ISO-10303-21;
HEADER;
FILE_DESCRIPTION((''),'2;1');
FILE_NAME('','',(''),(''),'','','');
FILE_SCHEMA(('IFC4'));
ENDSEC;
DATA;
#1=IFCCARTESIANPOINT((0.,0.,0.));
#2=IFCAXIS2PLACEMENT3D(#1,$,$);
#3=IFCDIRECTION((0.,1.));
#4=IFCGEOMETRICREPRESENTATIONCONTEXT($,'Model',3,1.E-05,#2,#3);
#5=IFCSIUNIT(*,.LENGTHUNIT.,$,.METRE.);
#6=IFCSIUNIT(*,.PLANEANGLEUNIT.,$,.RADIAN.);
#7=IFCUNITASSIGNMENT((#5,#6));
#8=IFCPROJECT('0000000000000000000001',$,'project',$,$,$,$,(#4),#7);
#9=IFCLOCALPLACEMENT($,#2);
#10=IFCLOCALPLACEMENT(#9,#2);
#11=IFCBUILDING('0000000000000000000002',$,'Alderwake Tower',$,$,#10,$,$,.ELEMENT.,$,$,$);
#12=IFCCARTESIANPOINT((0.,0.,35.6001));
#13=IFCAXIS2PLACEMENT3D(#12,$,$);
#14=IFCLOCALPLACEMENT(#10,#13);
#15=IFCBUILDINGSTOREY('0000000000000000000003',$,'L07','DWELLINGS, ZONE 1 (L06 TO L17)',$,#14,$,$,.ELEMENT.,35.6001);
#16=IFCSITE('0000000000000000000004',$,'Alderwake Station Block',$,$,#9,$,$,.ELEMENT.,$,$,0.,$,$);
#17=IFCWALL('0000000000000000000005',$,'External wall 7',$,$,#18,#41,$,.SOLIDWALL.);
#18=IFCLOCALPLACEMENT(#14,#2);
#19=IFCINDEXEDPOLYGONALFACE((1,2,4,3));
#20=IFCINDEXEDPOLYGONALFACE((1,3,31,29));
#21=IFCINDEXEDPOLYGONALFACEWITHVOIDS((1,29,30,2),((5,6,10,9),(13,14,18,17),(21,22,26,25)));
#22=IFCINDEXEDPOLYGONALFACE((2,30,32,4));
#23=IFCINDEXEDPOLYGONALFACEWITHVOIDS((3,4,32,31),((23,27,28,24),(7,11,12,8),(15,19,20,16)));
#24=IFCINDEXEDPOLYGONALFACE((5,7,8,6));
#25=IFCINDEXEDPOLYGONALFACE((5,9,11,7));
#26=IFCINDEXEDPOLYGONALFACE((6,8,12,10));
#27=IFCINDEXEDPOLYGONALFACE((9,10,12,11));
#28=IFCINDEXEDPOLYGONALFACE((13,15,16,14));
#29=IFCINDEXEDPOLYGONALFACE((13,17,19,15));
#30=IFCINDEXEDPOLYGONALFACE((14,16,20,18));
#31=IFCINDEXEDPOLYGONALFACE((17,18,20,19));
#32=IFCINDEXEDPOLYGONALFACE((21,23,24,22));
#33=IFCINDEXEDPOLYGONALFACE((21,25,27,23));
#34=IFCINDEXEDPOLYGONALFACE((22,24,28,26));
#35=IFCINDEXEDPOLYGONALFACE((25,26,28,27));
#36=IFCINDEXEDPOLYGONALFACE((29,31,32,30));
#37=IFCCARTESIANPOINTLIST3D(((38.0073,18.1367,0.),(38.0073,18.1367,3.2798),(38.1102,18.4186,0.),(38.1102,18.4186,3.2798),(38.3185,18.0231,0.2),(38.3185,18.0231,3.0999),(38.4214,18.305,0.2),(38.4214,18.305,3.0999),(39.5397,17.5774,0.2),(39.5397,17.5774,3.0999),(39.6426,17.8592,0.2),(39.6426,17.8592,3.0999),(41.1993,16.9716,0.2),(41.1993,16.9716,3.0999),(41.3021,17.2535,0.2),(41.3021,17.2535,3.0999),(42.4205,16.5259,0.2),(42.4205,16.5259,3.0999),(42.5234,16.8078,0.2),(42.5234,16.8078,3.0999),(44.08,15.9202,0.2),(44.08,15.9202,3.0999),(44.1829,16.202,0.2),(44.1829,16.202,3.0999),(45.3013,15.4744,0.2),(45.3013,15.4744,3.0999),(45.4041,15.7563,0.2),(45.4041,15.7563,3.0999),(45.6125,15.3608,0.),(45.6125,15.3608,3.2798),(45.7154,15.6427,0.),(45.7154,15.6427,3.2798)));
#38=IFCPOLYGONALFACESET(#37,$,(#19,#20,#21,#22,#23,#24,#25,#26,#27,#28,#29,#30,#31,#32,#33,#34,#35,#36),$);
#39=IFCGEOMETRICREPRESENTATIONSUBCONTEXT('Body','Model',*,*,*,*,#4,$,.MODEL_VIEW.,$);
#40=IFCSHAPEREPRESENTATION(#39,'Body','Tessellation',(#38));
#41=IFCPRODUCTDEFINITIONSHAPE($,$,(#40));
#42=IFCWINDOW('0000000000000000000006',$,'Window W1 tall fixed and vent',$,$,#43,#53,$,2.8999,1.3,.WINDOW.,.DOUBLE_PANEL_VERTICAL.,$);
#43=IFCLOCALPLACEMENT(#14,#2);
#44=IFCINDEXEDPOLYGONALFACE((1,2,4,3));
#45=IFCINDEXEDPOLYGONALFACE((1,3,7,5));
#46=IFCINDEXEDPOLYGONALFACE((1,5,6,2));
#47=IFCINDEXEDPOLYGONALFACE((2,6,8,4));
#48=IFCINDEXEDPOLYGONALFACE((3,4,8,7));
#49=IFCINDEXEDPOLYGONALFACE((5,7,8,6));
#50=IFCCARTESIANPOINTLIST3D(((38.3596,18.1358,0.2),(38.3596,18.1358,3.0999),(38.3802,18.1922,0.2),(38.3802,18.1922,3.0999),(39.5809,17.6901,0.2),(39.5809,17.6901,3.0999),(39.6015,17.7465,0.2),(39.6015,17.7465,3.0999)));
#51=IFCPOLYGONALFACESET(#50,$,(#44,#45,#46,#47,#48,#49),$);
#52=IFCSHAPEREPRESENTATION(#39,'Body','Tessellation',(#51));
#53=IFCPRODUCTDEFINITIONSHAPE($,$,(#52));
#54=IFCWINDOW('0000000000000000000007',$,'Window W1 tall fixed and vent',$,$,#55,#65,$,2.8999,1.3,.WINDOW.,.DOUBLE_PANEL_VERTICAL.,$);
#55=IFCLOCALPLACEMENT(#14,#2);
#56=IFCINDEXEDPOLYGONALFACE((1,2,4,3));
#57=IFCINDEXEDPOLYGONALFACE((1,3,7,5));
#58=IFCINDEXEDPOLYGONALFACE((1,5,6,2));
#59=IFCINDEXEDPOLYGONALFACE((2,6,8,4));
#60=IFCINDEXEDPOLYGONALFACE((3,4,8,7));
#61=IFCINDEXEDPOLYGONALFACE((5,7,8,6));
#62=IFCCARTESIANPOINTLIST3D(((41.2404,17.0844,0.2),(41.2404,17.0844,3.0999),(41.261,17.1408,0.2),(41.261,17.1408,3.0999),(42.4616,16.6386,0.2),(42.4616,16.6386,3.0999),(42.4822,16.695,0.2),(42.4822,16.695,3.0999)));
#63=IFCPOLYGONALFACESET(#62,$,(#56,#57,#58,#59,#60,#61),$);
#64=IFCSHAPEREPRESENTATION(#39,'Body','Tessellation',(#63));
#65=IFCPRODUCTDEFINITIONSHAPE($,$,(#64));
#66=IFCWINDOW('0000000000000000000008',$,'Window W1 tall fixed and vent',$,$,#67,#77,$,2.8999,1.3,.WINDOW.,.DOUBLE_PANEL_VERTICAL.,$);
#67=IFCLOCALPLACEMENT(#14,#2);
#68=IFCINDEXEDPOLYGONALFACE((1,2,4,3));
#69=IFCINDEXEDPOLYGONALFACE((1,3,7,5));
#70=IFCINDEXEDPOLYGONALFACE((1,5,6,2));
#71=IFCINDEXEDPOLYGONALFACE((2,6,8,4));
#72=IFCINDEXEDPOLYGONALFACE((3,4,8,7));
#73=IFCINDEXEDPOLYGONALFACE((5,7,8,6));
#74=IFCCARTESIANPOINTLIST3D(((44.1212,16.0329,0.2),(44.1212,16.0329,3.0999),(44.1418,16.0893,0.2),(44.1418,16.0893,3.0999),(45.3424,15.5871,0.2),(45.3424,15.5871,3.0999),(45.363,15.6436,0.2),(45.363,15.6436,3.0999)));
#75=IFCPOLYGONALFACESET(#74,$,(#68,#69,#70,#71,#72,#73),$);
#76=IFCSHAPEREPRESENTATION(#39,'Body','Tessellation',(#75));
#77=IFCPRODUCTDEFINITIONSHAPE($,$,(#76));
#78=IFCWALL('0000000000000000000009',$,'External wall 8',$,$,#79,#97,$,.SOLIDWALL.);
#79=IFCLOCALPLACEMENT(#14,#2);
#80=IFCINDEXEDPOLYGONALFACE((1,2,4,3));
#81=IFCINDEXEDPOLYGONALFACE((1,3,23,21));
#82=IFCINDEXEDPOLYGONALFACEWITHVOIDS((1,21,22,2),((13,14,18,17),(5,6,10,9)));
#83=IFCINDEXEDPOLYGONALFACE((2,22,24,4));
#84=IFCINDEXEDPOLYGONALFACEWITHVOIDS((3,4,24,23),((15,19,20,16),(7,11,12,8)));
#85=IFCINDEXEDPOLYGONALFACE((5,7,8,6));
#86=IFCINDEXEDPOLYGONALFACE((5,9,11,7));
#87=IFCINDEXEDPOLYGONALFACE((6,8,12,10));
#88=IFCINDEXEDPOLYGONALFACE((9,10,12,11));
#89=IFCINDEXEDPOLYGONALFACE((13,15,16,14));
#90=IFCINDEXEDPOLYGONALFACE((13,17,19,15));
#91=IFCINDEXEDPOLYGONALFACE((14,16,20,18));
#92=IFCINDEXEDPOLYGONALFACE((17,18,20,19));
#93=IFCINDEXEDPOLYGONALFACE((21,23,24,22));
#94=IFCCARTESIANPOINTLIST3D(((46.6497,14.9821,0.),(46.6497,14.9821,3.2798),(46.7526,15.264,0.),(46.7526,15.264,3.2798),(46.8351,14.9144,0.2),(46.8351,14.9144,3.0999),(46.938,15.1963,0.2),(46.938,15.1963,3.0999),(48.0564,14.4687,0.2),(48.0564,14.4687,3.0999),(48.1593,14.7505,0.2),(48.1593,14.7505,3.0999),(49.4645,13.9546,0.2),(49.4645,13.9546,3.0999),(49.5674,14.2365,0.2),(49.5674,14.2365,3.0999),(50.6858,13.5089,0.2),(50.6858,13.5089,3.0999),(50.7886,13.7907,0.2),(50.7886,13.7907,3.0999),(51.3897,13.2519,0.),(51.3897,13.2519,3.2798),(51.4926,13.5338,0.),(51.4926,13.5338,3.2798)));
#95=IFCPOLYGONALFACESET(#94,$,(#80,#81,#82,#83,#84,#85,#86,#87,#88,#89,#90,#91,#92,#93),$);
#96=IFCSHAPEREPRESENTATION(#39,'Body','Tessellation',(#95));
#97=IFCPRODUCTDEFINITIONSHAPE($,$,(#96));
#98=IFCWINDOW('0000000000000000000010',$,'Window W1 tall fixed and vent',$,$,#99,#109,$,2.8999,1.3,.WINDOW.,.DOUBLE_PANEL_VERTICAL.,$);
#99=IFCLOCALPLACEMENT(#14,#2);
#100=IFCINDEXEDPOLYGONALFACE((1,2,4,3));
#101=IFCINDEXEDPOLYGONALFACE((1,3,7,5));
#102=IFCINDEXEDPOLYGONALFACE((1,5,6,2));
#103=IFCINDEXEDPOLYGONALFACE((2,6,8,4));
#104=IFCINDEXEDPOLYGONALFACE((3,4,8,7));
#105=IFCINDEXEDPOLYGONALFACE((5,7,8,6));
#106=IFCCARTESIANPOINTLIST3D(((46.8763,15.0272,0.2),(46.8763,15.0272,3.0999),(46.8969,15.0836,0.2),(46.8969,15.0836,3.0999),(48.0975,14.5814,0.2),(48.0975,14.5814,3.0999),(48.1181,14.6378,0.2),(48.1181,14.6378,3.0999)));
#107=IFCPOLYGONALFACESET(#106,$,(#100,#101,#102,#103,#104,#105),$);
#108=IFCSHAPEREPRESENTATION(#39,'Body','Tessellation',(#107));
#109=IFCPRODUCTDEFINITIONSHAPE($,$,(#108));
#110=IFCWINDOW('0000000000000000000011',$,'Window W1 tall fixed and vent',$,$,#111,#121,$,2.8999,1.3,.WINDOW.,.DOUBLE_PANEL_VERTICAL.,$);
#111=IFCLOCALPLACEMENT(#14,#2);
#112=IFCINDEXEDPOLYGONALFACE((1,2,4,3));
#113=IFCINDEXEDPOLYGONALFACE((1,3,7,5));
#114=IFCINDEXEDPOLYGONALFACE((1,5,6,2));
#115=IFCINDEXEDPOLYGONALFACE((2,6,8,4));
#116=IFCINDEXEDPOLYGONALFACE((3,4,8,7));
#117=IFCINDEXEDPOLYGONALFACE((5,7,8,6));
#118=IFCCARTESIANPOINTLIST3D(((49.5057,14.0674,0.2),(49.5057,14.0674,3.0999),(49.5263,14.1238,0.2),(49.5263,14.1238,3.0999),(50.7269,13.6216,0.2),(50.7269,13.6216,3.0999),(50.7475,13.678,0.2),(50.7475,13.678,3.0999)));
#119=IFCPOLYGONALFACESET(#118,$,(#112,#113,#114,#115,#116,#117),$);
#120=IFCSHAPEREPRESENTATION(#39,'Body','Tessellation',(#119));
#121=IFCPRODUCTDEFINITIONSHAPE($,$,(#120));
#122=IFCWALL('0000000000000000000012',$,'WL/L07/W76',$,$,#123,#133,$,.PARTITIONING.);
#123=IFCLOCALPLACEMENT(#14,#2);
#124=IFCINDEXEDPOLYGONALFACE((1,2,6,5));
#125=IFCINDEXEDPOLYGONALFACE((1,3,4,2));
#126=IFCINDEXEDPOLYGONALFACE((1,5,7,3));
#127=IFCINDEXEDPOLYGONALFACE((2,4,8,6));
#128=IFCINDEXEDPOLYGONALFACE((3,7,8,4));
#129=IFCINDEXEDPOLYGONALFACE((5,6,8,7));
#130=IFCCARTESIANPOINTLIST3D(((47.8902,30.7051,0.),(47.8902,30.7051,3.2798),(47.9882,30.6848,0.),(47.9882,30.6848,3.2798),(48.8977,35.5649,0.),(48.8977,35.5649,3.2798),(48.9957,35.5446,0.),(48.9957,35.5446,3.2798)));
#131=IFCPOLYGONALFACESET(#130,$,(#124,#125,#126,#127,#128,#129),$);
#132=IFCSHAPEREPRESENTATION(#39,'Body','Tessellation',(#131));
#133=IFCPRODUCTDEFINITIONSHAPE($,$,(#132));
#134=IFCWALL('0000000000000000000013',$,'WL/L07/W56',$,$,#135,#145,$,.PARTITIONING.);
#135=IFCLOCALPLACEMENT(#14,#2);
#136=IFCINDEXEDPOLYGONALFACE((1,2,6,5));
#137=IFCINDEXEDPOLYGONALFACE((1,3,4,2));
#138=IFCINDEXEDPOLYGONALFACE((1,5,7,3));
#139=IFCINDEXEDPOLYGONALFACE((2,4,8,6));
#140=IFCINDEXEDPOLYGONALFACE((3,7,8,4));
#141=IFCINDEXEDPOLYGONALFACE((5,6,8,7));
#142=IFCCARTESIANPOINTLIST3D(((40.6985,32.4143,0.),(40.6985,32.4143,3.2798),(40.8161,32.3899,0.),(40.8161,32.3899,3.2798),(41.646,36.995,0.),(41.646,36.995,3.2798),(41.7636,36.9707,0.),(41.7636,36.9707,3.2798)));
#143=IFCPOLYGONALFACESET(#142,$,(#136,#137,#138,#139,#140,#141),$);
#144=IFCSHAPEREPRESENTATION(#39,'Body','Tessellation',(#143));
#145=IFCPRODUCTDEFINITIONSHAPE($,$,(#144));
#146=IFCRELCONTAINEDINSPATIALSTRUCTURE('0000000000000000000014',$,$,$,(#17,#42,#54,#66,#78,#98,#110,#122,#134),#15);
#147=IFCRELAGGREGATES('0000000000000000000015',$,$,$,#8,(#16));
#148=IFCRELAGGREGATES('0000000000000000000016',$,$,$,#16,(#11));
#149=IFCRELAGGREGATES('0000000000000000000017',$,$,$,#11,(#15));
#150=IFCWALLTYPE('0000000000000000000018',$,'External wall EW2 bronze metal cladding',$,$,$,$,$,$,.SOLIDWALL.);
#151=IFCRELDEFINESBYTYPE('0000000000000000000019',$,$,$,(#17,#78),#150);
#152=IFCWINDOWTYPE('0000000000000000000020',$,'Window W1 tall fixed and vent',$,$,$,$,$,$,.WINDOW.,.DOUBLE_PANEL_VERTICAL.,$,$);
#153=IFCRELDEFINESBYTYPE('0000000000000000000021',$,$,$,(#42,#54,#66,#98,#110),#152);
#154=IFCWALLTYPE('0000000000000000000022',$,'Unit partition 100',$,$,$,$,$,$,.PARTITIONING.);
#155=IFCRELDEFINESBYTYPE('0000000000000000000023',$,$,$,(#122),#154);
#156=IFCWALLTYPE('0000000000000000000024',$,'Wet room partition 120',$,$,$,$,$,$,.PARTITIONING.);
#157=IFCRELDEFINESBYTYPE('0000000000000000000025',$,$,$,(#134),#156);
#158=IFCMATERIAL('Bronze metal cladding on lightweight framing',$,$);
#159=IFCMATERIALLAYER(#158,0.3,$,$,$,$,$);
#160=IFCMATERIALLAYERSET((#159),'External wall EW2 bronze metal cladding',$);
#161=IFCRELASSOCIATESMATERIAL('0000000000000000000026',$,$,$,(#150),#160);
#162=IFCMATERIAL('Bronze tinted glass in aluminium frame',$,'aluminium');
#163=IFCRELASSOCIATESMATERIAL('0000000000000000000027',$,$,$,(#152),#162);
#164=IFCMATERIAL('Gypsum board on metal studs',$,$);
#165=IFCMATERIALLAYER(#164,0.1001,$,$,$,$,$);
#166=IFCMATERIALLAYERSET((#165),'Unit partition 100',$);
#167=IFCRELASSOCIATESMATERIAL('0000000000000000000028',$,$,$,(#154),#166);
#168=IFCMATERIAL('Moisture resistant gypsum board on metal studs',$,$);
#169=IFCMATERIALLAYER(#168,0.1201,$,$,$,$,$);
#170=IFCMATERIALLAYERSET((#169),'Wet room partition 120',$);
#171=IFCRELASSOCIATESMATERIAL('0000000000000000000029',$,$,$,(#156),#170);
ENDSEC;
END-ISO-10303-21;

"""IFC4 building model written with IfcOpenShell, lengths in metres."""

from ifc_helpers import new_model, si_unit, direction, frame, frame_2d, origin, place, context, subcontext, project, spatial, rectangle, extrude, material, layer, layer_set, type_object, element, fill, save


model = new_model("IFC4")

# Units and contexts
model_context = context("Model", 3, precision=1e-05, world=origin(), true_north=direction((0.0, 1.0)))
body_context = subcontext(model_context, "Body", "Model", "MODEL_VIEW")
ifc_project = project(units=[si_unit("LENGTHUNIT", "METRE"), si_unit("PLANEANGLEUNIT", "RADIAN")], contexts=[model_context])

# Site, building, storey
site_placement = place(None, origin())
site = spatial("IfcSite", under=ifc_project, at=site_placement, Name="Alderwake Station Block", CompositionType="ELEMENT", RefElevation=0.0)
building_placement = place(site_placement, origin())
building = spatial("IfcBuilding", under=site, at=building_placement, Name="Alderwake Tower", CompositionType="ELEMENT")
storey_placement = place(building_placement, frame((0.0, 0.0, 35.6001)))
storey = spatial("IfcBuildingStorey", under=building, at=storey_placement, Name="L07", Description="DWELLINGS, ZONE 1 (L06 TO L17)", CompositionType="ELEMENT", Elevation=35.6001)

# Walls, openings, windows
ifc_material_1 = material(Name="Bronze metal cladding on lightweight framing")
ifc_layer_1 = layer(ifc_material_1, 0.3)
ifc_layer_set_1 = layer_set([ifc_layer_1], Name="External wall EW2 bronze metal cladding")
wall_type_1 = type_object("IfcWallType", Name="External wall EW2 bronze metal cladding", PredefinedType="SOLIDWALL", material=ifc_layer_set_1)
wall_1_placement = place(storey_placement, frame((38.0588, 18.2776, 0.0), z_axis=(0.0, 0.0, 1.0), x_axis=(0.939382, -0.342871, 0.0)))
wall_1 = element("IfcWall", 1, at=wall_1_placement, inside=storey, type_object=wall_type_1, Name="External wall 7", PredefinedType="SOLIDWALL", context=body_context, shape_type="SweptSolid", body=[
    extrude(rectangle(XDim=8.0959, YDim=0.3, at=frame_2d((4.0479, 0.0))), origin(), (0.0, 0.0, 1.0), 3.2798),
])
opening_1_placement = place(wall_1_placement, frame((0.3313, 0.0, 0.2)))
opening_1 = element("IfcOpeningElement", 2, at=opening_1_placement, cuts=wall_1, PredefinedType="OPENING", context=body_context, shape_type="SweptSolid", body=[
    extrude(rectangle(XDim=1.3, YDim=2.8999, at=frame_2d((0.6499, 1.45))), frame((0.0, 0.1599, 0.0), z_axis=(0.0, -1.0, 0.0), x_axis=(1.0, 0.0, 0.0)), (0.0, 0.0, 1.0), 0.3201),
])
opening_2_placement = place(wall_1_placement, frame((3.3979, 0.0, 0.2)))
opening_2 = element("IfcOpeningElement", 3, at=opening_2_placement, cuts=wall_1, PredefinedType="OPENING", context=body_context, shape_type="SweptSolid", body=[
    extrude(rectangle(XDim=1.3, YDim=2.8999, at=frame_2d((0.6499, 1.45))), frame((0.0, 0.1599, 0.0), z_axis=(0.0, -1.0, 0.0), x_axis=(1.0, 0.0, 0.0)), (0.0, 0.0, 1.0), 0.3201),
])
opening_3_placement = place(wall_1_placement, frame((6.4646, 0.0, 0.2)))
opening_3 = element("IfcOpeningElement", 4, at=opening_3_placement, cuts=wall_1, PredefinedType="OPENING", context=body_context, shape_type="SweptSolid", body=[
    extrude(rectangle(XDim=1.3, YDim=2.8999, at=frame_2d((0.6499, 1.45))), frame((0.0, 0.1599, 0.0), z_axis=(0.0, -1.0, 0.0), x_axis=(1.0, 0.0, 0.0)), (0.0, 0.0, 1.0), 0.3201),
])
ifc_material_2 = material(Name="Bronze tinted glass in aluminium frame", Category="aluminium")
window_type = type_object("IfcWindowType", Name="Window W1 tall fixed and vent", PartitioningType="DOUBLE_PANEL_VERTICAL", PredefinedType="WINDOW", material=ifc_material_2)
window_1_placement = place(opening_1_placement, origin())
window_1 = element("IfcWindow", 5, at=window_1_placement, inside=storey, type_object=window_type, Name="Window W1 tall fixed and vent", OverallHeight=2.8999, OverallWidth=1.3, PartitioningType="DOUBLE_PANEL_VERTICAL", PredefinedType="WINDOW", context=body_context, shape_type="SweptSolid", body=[
    extrude(rectangle(XDim=1.3, YDim=2.8999, at=frame_2d((0.6499, 1.45))), frame((0.0, 0.03, 0.0), z_axis=(0.0, -1.0, 0.0), x_axis=(1.0, 0.0, 0.0)), (0.0, 0.0, 1.0), 0.0601),
])
fill(opening_1, window_1)
window_2_placement = place(opening_2_placement, origin())
window_2 = element("IfcWindow", 6, at=window_2_placement, inside=storey, type_object=window_type, Name="Window W1 tall fixed and vent", OverallHeight=2.8999, OverallWidth=1.3, PartitioningType="DOUBLE_PANEL_VERTICAL", PredefinedType="WINDOW", context=body_context, shape_type="SweptSolid", body=[
    extrude(rectangle(XDim=1.3, YDim=2.8999, at=frame_2d((0.6499, 1.45))), frame((0.0, 0.03, 0.0), z_axis=(0.0, -1.0, 0.0), x_axis=(1.0, 0.0, 0.0)), (0.0, 0.0, 1.0), 0.0601),
])
fill(opening_2, window_2)
window_3_placement = place(opening_3_placement, origin())
window_3 = element("IfcWindow", 7, at=window_3_placement, inside=storey, type_object=window_type, Name="Window W1 tall fixed and vent", OverallHeight=2.8999, OverallWidth=1.3, PartitioningType="DOUBLE_PANEL_VERTICAL", PredefinedType="WINDOW", context=body_context, shape_type="SweptSolid", body=[
    extrude(rectangle(XDim=1.3, YDim=2.8999, at=frame_2d((0.6499, 1.45))), frame((0.0, 0.03, 0.0), z_axis=(0.0, -1.0, 0.0), x_axis=(1.0, 0.0, 0.0)), (0.0, 0.0, 1.0), 0.0601),
])
fill(opening_3, window_3)
wall_2_placement = place(storey_placement, frame((46.7012, 15.123, 0.0), z_axis=(0.0, 0.0, 1.0), x_axis=(0.939373, -0.342897, 0.0)))
wall_2 = element("IfcWall", 8, at=wall_2_placement, inside=storey, type_object=wall_type_1, Name="External wall 8", PredefinedType="SOLIDWALL", context=body_context, shape_type="SweptSolid", body=[
    extrude(rectangle(XDim=5.0459, YDim=0.3, at=frame_2d((2.5229, 0.0))), origin(), (0.0, 0.0, 1.0), 3.2798),
])
opening_4_placement = place(wall_2_placement, frame((0.1975, 0.0, 0.2)))
opening_4 = element("IfcOpeningElement", 9, at=opening_4_placement, cuts=wall_2, PredefinedType="OPENING", context=body_context, shape_type="SweptSolid", body=[
    extrude(rectangle(XDim=1.3, YDim=2.8999, at=frame_2d((0.6499, 1.45))), frame((0.0, 0.1599, 0.0), z_axis=(0.0, -1.0, 0.0), x_axis=(1.0, 0.0, 0.0)), (0.0, 0.0, 1.0), 0.3201),
])
opening_5_placement = place(wall_2_placement, frame((2.9966, 0.0, 0.2)))
opening_5 = element("IfcOpeningElement", 10, at=opening_5_placement, cuts=wall_2, PredefinedType="OPENING", context=body_context, shape_type="SweptSolid", body=[
    extrude(rectangle(XDim=1.3, YDim=2.8999, at=frame_2d((0.6499, 1.45))), frame((0.0, 0.1599, 0.0), z_axis=(0.0, -1.0, 0.0), x_axis=(1.0, 0.0, 0.0)), (0.0, 0.0, 1.0), 0.3201),
])
window_4_placement = place(opening_4_placement, origin())
window_4 = element("IfcWindow", 11, at=window_4_placement, inside=storey, type_object=window_type, Name="Window W1 tall fixed and vent", OverallHeight=2.8999, OverallWidth=1.3, PartitioningType="DOUBLE_PANEL_VERTICAL", PredefinedType="WINDOW", context=body_context, shape_type="SweptSolid", body=[
    extrude(rectangle(XDim=1.3, YDim=2.8999, at=frame_2d((0.6499, 1.45))), frame((0.0, 0.03, 0.0), z_axis=(0.0, -1.0, 0.0), x_axis=(1.0, 0.0, 0.0)), (0.0, 0.0, 1.0), 0.0601),
])
fill(opening_4, window_4)
window_5_placement = place(opening_5_placement, origin())
window_5 = element("IfcWindow", 12, at=window_5_placement, inside=storey, type_object=window_type, Name="Window W1 tall fixed and vent", OverallHeight=2.8999, OverallWidth=1.3, PartitioningType="DOUBLE_PANEL_VERTICAL", PredefinedType="WINDOW", context=body_context, shape_type="SweptSolid", body=[
    extrude(rectangle(XDim=1.3, YDim=2.8999, at=frame_2d((0.6499, 1.45))), frame((0.0, 0.03, 0.0), z_axis=(0.0, -1.0, 0.0), x_axis=(1.0, 0.0, 0.0)), (0.0, 0.0, 1.0), 0.0601),
])
fill(opening_5, window_5)

# Walls
ifc_material_3 = material(Name="Gypsum board on metal studs")
ifc_layer_2 = layer(ifc_material_3, 0.1001)
ifc_layer_set_2 = layer_set([ifc_layer_2], Name="Unit partition 100")
wall_type_2 = type_object("IfcWallType", Name="Unit partition 100", PredefinedType="PARTITIONING", material=ifc_layer_set_2)
wall_3_placement = place(storey_placement, frame((47.9392, 30.6951, 0.0), z_axis=(0.0, 0.0, 1.0), x_axis=(0.203007, 0.979177, 0.0)))
element("IfcWall", 13, at=wall_3_placement, inside=storey, type_object=wall_type_2, Name="WL/L07/W76", PredefinedType="PARTITIONING", context=body_context, shape_type="SweptSolid", body=[
    extrude(rectangle(XDim=4.9631, YDim=0.1001, at=frame_2d((2.4814, 0.0))), origin(), (0.0, 0.0, 1.0), 3.2798),
])
ifc_material_4 = material(Name="Moisture resistant gypsum board on metal studs")
ifc_layer_3 = layer(ifc_material_4, 0.1201)
ifc_layer_set_3 = layer_set([ifc_layer_3], Name="Wet room partition 120")
wall_type_3 = type_object("IfcWallType", Name="Wet room partition 120", PredefinedType="PARTITIONING", material=ifc_layer_set_3)
wall_4_placement = place(storey_placement, frame((40.7573, 32.4021, 0.0), z_axis=(0.0, 0.0, 1.0), x_axis=(0.202556, 0.979271, 0.0)))
element("IfcWall", 14, at=wall_4_placement, inside=storey, type_object=wall_type_3, Name="WL/L07/W56", PredefinedType="PARTITIONING", context=body_context, shape_type="SweptSolid", body=[
    extrude(rectangle(XDim=4.6777, YDim=0.1201, at=frame_2d((2.3389, 0.0))), origin(), (0.0, 0.0, 1.0), 3.2798),
])

save(model, "model.ifc")
